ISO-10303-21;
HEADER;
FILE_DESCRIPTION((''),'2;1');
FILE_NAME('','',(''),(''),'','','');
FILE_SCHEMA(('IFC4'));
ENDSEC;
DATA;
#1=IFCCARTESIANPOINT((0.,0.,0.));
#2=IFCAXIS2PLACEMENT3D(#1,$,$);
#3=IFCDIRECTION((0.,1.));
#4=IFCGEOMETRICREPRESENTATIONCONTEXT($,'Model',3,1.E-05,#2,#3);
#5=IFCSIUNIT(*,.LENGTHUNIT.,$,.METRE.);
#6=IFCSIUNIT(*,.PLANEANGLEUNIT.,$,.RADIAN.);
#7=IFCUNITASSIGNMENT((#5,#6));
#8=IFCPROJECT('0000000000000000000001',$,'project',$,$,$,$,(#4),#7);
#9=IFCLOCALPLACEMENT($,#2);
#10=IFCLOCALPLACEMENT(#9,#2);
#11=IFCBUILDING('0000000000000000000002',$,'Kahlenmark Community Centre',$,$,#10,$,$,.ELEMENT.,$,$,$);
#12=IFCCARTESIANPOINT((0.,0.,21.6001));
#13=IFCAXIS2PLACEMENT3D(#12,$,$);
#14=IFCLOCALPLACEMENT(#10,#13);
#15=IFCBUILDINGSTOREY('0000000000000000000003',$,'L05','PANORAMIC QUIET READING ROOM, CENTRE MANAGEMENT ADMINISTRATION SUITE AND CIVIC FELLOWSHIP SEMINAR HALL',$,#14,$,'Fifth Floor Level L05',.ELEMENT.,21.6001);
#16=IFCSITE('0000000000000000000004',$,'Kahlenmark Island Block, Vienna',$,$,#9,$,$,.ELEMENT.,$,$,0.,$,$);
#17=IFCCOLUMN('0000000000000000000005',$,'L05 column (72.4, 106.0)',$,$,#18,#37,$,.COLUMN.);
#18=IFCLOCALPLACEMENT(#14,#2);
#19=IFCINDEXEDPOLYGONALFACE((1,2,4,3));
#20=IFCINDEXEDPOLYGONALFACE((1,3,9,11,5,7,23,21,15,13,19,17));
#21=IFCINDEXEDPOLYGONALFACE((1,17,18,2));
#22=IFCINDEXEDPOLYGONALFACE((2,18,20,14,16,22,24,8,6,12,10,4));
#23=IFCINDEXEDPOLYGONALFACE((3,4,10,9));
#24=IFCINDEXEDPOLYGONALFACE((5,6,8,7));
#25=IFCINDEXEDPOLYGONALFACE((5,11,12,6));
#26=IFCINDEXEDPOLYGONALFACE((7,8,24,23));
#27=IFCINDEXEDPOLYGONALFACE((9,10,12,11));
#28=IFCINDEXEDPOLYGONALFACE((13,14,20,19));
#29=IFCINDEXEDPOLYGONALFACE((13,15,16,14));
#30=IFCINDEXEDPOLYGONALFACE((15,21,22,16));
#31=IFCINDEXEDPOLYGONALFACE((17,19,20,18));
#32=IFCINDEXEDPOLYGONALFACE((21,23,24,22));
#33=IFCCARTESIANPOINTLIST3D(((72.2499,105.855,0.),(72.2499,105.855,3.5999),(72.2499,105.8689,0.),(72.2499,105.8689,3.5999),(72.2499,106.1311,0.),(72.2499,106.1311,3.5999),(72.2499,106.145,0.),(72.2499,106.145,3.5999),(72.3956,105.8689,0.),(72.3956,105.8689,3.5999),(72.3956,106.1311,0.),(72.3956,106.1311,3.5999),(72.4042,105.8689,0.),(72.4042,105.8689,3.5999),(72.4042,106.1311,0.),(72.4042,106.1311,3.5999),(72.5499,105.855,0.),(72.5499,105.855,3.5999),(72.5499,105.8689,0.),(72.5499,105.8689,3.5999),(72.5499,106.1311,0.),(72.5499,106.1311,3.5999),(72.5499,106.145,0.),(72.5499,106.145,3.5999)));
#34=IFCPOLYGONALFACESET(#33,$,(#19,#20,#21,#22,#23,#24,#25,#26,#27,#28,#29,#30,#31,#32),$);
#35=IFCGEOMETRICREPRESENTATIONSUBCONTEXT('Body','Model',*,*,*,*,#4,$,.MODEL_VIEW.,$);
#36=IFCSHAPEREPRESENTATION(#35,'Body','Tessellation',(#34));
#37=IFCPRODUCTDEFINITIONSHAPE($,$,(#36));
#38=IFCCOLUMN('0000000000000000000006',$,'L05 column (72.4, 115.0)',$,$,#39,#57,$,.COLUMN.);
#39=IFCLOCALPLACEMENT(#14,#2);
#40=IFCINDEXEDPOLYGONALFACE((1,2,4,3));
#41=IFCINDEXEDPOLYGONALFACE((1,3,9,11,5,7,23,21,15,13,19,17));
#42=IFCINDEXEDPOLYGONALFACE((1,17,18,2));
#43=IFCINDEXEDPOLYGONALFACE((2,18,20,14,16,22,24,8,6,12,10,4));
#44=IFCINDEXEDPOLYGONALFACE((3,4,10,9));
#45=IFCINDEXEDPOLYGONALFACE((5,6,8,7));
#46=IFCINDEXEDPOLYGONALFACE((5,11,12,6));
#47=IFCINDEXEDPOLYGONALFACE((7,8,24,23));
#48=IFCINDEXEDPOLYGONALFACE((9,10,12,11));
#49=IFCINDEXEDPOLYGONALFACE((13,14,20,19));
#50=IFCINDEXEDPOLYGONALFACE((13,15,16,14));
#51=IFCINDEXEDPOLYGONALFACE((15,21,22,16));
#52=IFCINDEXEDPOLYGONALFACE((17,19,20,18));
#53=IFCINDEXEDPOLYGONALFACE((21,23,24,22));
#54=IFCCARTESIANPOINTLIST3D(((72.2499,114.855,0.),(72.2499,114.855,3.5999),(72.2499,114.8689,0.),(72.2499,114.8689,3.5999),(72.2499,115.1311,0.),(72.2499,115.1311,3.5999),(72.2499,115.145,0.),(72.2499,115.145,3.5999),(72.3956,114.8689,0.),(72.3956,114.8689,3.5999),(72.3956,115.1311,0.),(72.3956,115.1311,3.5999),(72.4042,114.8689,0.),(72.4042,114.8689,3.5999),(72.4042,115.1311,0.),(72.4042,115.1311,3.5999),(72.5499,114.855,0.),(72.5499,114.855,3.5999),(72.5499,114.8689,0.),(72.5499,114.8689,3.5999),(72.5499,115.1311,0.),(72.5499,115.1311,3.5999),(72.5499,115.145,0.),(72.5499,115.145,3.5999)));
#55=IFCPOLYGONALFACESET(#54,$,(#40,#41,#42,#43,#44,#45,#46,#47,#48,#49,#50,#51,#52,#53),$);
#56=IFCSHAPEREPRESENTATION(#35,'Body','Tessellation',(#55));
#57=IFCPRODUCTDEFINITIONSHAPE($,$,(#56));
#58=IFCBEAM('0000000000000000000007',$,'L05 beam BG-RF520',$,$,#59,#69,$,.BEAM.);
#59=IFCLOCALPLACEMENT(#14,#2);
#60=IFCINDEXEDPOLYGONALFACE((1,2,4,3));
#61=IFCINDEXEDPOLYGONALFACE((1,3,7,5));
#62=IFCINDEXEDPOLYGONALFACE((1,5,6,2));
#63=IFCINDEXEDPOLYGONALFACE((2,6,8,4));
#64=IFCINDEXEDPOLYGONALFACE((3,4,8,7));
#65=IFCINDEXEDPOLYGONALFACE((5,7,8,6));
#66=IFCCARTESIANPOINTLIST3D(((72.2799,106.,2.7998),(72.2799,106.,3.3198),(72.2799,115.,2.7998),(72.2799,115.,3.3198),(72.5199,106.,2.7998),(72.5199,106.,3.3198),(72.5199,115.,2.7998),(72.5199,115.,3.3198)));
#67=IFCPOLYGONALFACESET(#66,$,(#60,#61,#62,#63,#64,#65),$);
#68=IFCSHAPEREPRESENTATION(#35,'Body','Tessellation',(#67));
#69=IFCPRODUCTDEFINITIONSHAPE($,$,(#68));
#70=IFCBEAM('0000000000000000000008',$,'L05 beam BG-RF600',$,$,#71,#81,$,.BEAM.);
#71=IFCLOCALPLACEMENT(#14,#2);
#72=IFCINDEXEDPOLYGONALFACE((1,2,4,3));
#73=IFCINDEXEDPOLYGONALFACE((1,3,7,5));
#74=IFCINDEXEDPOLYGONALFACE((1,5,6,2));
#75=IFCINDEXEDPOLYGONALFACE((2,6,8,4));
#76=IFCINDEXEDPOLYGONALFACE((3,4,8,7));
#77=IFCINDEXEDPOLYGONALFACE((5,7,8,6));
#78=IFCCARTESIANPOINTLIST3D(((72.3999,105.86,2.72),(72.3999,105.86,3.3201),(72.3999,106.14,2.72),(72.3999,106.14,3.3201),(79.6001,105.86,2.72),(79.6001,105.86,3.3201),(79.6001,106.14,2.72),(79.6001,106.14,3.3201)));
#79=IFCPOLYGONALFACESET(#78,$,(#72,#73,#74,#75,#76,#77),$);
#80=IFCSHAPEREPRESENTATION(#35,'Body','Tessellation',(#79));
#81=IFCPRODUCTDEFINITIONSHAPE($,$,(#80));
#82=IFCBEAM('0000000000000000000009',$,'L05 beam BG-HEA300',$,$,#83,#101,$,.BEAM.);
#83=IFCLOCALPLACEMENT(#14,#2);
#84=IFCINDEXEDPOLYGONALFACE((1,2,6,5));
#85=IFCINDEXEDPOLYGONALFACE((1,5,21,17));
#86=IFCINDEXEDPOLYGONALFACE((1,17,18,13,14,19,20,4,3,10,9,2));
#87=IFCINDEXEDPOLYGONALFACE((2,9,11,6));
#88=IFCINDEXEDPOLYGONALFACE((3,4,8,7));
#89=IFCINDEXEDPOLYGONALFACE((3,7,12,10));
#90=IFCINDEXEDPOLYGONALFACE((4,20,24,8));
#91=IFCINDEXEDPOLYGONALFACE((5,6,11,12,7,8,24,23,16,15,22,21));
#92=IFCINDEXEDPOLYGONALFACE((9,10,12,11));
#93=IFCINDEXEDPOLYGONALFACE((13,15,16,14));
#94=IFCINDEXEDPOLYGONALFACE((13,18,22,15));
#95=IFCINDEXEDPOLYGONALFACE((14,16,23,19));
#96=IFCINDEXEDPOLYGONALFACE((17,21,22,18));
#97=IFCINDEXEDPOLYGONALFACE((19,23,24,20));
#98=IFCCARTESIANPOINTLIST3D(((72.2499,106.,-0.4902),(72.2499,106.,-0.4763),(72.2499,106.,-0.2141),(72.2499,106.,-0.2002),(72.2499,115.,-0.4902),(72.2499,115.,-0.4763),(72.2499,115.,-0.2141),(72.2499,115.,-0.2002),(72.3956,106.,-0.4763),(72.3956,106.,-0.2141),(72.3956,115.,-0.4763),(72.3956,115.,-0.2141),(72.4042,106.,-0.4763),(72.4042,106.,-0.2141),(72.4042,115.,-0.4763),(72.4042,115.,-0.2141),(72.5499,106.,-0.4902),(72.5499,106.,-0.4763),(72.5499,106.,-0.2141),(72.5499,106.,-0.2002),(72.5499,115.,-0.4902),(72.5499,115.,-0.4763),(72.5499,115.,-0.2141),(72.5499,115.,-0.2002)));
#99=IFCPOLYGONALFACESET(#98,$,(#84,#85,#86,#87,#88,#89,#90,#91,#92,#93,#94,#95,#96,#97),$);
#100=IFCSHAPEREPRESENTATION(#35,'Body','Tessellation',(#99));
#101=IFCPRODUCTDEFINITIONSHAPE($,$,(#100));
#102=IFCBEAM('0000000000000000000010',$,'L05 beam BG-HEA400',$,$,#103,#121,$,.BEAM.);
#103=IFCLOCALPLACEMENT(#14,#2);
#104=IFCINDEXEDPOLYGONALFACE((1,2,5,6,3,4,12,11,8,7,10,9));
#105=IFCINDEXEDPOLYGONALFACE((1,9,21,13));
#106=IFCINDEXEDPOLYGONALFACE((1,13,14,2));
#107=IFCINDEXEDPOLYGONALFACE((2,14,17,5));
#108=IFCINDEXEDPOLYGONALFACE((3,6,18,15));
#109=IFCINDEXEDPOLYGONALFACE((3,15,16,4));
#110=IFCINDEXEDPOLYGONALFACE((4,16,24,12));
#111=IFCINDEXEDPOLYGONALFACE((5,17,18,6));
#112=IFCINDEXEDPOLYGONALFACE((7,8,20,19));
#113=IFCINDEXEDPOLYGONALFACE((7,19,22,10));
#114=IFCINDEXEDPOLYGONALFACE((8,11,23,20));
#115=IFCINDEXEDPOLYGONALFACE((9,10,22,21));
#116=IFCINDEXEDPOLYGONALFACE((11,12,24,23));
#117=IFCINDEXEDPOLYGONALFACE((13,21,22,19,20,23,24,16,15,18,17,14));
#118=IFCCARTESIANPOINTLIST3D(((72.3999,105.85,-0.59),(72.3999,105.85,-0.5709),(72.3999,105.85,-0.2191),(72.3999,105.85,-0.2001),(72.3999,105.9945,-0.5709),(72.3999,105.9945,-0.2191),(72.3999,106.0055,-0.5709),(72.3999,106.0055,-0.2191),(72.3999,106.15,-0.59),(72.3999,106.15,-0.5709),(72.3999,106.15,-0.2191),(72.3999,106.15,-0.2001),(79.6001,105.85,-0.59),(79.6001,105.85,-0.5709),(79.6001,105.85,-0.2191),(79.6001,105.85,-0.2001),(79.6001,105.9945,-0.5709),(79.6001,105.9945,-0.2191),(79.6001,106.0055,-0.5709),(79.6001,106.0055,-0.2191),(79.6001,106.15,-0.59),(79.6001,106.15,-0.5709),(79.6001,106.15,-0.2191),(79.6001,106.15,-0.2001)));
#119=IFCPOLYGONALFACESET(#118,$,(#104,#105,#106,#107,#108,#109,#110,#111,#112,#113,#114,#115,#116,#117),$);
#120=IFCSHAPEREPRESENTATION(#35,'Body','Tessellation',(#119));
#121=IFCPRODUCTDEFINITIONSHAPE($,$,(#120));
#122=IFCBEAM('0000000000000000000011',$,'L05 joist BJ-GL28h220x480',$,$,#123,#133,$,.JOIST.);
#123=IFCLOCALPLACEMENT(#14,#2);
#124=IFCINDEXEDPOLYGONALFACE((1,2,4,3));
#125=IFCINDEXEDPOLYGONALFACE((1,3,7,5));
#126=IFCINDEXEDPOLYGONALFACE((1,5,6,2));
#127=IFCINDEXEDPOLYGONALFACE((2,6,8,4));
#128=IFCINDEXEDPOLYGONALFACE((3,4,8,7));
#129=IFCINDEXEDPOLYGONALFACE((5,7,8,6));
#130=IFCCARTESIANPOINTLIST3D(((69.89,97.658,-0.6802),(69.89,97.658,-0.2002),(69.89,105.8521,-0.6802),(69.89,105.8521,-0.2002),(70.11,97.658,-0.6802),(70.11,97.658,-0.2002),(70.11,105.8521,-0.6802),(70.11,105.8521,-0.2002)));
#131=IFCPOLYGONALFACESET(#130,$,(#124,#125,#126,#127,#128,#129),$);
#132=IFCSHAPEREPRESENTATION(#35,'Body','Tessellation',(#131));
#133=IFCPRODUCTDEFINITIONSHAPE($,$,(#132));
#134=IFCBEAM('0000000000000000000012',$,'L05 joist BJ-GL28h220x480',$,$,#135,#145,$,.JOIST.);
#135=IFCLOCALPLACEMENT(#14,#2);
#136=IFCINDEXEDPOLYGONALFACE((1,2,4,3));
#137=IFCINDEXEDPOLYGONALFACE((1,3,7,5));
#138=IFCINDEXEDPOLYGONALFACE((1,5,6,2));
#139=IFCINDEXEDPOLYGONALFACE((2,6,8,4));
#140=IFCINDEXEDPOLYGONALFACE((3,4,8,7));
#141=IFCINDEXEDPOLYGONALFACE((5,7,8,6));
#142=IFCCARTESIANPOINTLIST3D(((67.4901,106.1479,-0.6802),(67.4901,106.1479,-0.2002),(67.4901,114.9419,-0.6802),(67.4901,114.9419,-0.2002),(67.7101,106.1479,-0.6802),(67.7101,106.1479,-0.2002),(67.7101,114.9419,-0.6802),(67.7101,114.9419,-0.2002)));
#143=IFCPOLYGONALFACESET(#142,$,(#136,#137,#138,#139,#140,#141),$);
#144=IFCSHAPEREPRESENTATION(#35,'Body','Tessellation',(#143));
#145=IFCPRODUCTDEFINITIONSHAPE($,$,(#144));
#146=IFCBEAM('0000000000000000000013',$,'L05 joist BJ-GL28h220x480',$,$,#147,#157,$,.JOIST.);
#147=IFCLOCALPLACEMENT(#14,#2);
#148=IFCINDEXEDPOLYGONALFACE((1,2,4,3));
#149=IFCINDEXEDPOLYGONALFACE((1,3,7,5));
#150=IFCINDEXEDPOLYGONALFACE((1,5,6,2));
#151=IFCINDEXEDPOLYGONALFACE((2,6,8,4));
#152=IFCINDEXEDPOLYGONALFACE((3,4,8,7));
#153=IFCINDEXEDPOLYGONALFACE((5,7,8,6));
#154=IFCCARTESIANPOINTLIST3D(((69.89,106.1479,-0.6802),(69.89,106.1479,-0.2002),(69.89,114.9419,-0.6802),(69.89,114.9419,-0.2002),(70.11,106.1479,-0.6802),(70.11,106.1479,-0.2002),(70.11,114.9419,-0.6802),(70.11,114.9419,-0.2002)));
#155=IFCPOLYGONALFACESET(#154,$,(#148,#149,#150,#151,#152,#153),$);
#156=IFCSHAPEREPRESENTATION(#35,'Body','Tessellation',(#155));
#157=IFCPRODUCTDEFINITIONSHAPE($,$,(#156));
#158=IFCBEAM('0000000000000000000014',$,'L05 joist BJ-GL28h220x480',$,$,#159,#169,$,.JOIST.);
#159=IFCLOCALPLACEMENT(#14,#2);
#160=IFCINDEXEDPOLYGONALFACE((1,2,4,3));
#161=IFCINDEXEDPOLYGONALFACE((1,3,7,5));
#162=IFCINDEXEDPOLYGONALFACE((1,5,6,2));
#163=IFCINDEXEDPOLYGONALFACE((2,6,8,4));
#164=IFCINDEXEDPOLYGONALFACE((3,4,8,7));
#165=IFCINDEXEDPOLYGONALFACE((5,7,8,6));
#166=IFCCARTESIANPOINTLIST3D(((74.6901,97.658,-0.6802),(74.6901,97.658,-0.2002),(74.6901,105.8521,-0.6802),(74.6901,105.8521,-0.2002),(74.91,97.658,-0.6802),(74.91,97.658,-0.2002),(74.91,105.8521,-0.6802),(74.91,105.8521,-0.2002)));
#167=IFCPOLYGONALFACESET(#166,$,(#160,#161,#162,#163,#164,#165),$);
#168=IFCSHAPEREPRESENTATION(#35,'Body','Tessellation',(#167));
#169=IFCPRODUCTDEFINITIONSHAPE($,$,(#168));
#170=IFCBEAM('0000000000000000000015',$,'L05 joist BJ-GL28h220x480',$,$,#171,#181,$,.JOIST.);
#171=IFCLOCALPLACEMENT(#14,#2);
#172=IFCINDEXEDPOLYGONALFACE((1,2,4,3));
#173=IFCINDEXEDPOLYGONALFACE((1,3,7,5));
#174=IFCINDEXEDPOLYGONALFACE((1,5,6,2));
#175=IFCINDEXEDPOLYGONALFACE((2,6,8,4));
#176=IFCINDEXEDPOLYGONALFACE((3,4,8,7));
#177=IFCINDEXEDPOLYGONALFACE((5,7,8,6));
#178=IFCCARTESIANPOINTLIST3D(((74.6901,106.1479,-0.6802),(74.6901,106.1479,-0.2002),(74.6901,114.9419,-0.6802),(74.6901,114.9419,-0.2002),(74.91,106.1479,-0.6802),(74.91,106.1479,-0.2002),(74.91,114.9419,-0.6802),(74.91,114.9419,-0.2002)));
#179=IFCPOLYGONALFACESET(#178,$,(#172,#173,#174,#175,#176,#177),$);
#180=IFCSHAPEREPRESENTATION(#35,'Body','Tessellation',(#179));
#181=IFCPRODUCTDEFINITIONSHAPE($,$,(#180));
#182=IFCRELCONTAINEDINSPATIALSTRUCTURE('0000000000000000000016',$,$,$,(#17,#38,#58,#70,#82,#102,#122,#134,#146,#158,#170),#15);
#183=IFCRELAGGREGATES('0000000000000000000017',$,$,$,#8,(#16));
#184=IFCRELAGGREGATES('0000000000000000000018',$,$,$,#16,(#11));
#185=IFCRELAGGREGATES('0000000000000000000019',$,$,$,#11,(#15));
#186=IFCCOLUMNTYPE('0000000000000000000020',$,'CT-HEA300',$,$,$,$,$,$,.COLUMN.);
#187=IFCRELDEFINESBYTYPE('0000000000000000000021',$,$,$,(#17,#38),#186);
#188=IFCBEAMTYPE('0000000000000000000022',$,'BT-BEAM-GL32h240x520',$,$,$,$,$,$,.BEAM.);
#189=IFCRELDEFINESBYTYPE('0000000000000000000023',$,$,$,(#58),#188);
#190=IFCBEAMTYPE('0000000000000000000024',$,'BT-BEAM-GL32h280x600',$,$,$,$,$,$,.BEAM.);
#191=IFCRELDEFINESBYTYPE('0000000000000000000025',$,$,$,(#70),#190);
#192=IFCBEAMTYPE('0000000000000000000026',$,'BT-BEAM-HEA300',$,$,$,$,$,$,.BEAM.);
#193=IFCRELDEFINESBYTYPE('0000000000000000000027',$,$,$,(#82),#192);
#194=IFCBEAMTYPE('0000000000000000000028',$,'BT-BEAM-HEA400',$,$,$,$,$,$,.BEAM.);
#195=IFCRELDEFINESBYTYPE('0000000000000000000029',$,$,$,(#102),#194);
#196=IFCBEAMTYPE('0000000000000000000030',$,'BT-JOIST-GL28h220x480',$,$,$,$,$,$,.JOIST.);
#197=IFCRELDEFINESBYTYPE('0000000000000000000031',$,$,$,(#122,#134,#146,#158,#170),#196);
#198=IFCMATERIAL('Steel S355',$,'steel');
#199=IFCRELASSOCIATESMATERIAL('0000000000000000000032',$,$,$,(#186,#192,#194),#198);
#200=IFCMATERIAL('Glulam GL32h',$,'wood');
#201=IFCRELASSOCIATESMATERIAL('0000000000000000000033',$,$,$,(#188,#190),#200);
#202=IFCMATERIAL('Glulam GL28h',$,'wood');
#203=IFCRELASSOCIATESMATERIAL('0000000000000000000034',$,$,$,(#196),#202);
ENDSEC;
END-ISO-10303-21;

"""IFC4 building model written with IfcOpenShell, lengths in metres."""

from ifc_helpers import new_model, si_unit, direction, frame, origin, origin_2d, place, context, subcontext, project, spatial, rectangle, i_section, extrude, material, material_profile, profile_set, type_object, element, save


model = new_model("IFC4")

# Units and contexts
model_context = context("Model", 3, precision=1e-05, world=origin(), true_north=direction((0.0, 1.0)))
body_context = subcontext(model_context, "Body", "Model", "MODEL_VIEW")
ifc_project = project(units=[si_unit("LENGTHUNIT", "METRE"), si_unit("PLANEANGLEUNIT", "RADIAN")], contexts=[model_context])

# Site, building, storey
site_placement = place(None, origin())
site = spatial("IfcSite", under=ifc_project, at=site_placement, Name="Kahlenmark Island Block, Vienna", CompositionType="ELEMENT", RefElevation=0.0)
building_placement = place(site_placement, origin())
building = spatial("IfcBuilding", under=site, at=building_placement, Name="Kahlenmark Community Centre", CompositionType="ELEMENT")
storey_placement = place(building_placement, frame((0.0, 0.0, 21.6001)))
storey = spatial("IfcBuildingStorey", under=building, at=storey_placement, Name="L05", Description="PANORAMIC QUIET READING ROOM, CENTRE MANAGEMENT ADMINISTRATION SUITE AND CIVIC FELLOWSHIP SEMINAR HALL", LongName="Fifth Floor Level L05", CompositionType="ELEMENT", Elevation=21.6001)

# Columns
ifc_material_1 = material(Name="Steel S355", Category="steel")
ifc_material_profile_1 = material_profile(ifc_material_1, i_section(OverallWidth=0.3, OverallDepth=0.29, WebThickness=0.0085, FlangeThickness=0.0139, at=origin_2d()), Name="HEA 300")
ifc_profile_set_1 = profile_set([ifc_material_profile_1], Name="Steel S355")
column_type = type_object("IfcColumnType", Name="CT-HEA300", PredefinedType="COLUMN", material=ifc_profile_set_1)
for number, where, z_axis, x_axis, name in (
    (1, (72.3999, 106.0, 0.0), (0.0, 0.0, 1.0), (1.0, 0.0, 0.0), "L05 column (72.4, 106.0)"),
    (2, (72.3999, 115.0, 0.0), (0.0, 0.0, 1.0), (1.0, 0.0, 0.0), "L05 column (72.4, 115.0)"),
):
    element("IfcColumn", number, at=place(storey_placement, frame(where, z_axis=z_axis, x_axis=x_axis)), inside=storey, type_object=column_type, Name=name, PredefinedType="COLUMN", context=body_context, shape_type="SweptSolid", body=[
        extrude(i_section(OverallWidth=0.3, OverallDepth=0.29, WebThickness=0.0085, FlangeThickness=0.0139, at=origin_2d()), origin(), (0.0, 0.0, 1.0), 3.5999),
    ])

# Beams
ifc_material_2 = material(Name="Glulam GL32h", Category="wood")
ifc_material_profile_2 = material_profile(ifc_material_2, rectangle(XDim=0.24, YDim=0.52, at=origin_2d()), Name="GL32h 240x520")
ifc_profile_set_2 = profile_set([ifc_material_profile_2], Name="Glulam GL32h")
beam_type_1 = type_object("IfcBeamType", Name="BT-BEAM-GL32h240x520", PredefinedType="BEAM", material=ifc_profile_set_2)
beam_1_placement = place(storey_placement, frame((72.3999, 106.0, 3.0598), z_axis=(0.0, 1.0, 0.0), x_axis=(-1.0, 0.0, 0.0)))
element("IfcBeam", 3, at=beam_1_placement, inside=storey, type_object=beam_type_1, Name="L05 beam BG-RF520", PredefinedType="BEAM", context=body_context, shape_type="SweptSolid", body=[
    extrude(rectangle(XDim=0.24, YDim=0.52, at=origin_2d()), origin(), (0.0, 0.0, 1.0), 9.0),
])
ifc_material_profile_3 = material_profile(ifc_material_2, rectangle(XDim=0.28, YDim=0.6001, at=origin_2d()), Name="GL32h 280x600")
ifc_profile_set_3 = profile_set([ifc_material_profile_3], Name="Glulam GL32h")
beam_type_2 = type_object("IfcBeamType", Name="BT-BEAM-GL32h280x600", PredefinedType="BEAM", material=ifc_profile_set_3)
beam_2_placement = place(storey_placement, frame((72.3999, 106.0, 3.02), z_axis=(1.0, 0.0, 0.0), x_axis=(0.0, 1.0, 0.0)))
element("IfcBeam", 4, at=beam_2_placement, inside=storey, type_object=beam_type_2, Name="L05 beam BG-RF600", PredefinedType="BEAM", context=body_context, shape_type="SweptSolid", body=[
    extrude(rectangle(XDim=0.28, YDim=0.6001, at=origin_2d()), origin(), (0.0, 0.0, 1.0), 7.2002),
])
ifc_material_profile_4 = material_profile(ifc_material_1, i_section(OverallWidth=0.3, OverallDepth=0.29, WebThickness=0.0085, FlangeThickness=0.0139, at=origin_2d()), Name="HEA 300")
ifc_profile_set_4 = profile_set([ifc_material_profile_4], Name="Steel S355")
beam_type_3 = type_object("IfcBeamType", Name="BT-BEAM-HEA300", PredefinedType="BEAM", material=ifc_profile_set_4)
beam_3_placement = place(storey_placement, frame((72.3999, 106.0, -0.3452), z_axis=(0.0, 1.0, 0.0), x_axis=(-1.0, 0.0, 0.0)))
element("IfcBeam", 5, at=beam_3_placement, inside=storey, type_object=beam_type_3, Name="L05 beam BG-HEA300", PredefinedType="BEAM", context=body_context, shape_type="SweptSolid", body=[
    extrude(i_section(OverallWidth=0.3, OverallDepth=0.29, WebThickness=0.0085, FlangeThickness=0.0139, at=origin_2d()), origin(), (0.0, 0.0, 1.0), 9.0),
])
ifc_material_profile_5 = material_profile(ifc_material_1, i_section(OverallWidth=0.3, OverallDepth=0.3899, WebThickness=0.011, FlangeThickness=0.019, at=origin_2d()), Name="HEA 400")
ifc_profile_set_5 = profile_set([ifc_material_profile_5], Name="Steel S355")
beam_type_4 = type_object("IfcBeamType", Name="BT-BEAM-HEA400", PredefinedType="BEAM", material=ifc_profile_set_5)
beam_4_placement = place(storey_placement, frame((72.3999, 106.0, -0.395), z_axis=(1.0, 0.0, 0.0), x_axis=(0.0, 1.0, 0.0)))
element("IfcBeam", 6, at=beam_4_placement, inside=storey, type_object=beam_type_4, Name="L05 beam BG-HEA400", PredefinedType="BEAM", context=body_context, shape_type="SweptSolid", body=[
    extrude(i_section(OverallWidth=0.3, OverallDepth=0.3899, WebThickness=0.011, FlangeThickness=0.019, at=origin_2d()), origin(), (0.0, 0.0, 1.0), 7.2002),
])
ifc_material_3 = material(Name="Glulam GL28h", Category="wood")
ifc_material_profile_6 = material_profile(ifc_material_3, rectangle(XDim=0.22, YDim=0.48, at=origin_2d()), Name="GL28h 220x480")
ifc_profile_set_6 = profile_set([ifc_material_profile_6], Name="Glulam GL28h")
beam_type_5 = type_object("IfcBeamType", Name="BT-JOIST-GL28h220x480", PredefinedType="JOIST", material=ifc_profile_set_6)
beam_5_placement = place(storey_placement, frame((70.0, 97.658, -0.4402), z_axis=(0.0, 1.0, 0.0), x_axis=(-1.0, 0.0, 0.0)))
element("IfcBeam", 7, at=beam_5_placement, inside=storey, type_object=beam_type_5, Name="L05 joist BJ-GL28h220x480", PredefinedType="JOIST", context=body_context, shape_type="SweptSolid", body=[
    extrude(rectangle(XDim=0.22, YDim=0.48, at=origin_2d()), origin(), (0.0, 0.0, 1.0), 8.1941),
])
for number, where, z_axis, x_axis, name in (
    (8, (67.6001, 106.1479, -0.4402), (0.0, 1.0, 0.0), (-1.0, 0.0, 0.0), "L05 joist BJ-GL28h220x480"),
    (9, (70.0, 106.1479, -0.4402), (0.0, 1.0, 0.0), (-1.0, 0.0, 0.0), "L05 joist BJ-GL28h220x480"),
):
    element("IfcBeam", number, at=place(storey_placement, frame(where, z_axis=z_axis, x_axis=x_axis)), inside=storey, type_object=beam_type_5, Name=name, PredefinedType="JOIST", context=body_context, shape_type="SweptSolid", body=[
        extrude(rectangle(XDim=0.22, YDim=0.48, at=origin_2d()), origin(), (0.0, 0.0, 1.0), 8.7939),
    ])
beam_6_placement = place(storey_placement, frame((74.8, 97.658, -0.4402), z_axis=(0.0, 1.0, 0.0), x_axis=(-1.0, 0.0, 0.0)))
element("IfcBeam", 10, at=beam_6_placement, inside=storey, type_object=beam_type_5, Name="L05 joist BJ-GL28h220x480", PredefinedType="JOIST", context=body_context, shape_type="SweptSolid", body=[
    extrude(rectangle(XDim=0.22, YDim=0.48, at=origin_2d()), origin(), (0.0, 0.0, 1.0), 8.1941),
])
beam_7_placement = place(storey_placement, frame((74.8, 106.1479, -0.4402), z_axis=(0.0, 1.0, 0.0), x_axis=(-1.0, 0.0, 0.0)))
element("IfcBeam", 11, at=beam_7_placement, inside=storey, type_object=beam_type_5, Name="L05 joist BJ-GL28h220x480", PredefinedType="JOIST", context=body_context, shape_type="SweptSolid", body=[
    extrude(rectangle(XDim=0.22, YDim=0.48, at=origin_2d()), origin(), (0.0, 0.0, 1.0), 8.7939),
])

save(model, "model.ifc")
